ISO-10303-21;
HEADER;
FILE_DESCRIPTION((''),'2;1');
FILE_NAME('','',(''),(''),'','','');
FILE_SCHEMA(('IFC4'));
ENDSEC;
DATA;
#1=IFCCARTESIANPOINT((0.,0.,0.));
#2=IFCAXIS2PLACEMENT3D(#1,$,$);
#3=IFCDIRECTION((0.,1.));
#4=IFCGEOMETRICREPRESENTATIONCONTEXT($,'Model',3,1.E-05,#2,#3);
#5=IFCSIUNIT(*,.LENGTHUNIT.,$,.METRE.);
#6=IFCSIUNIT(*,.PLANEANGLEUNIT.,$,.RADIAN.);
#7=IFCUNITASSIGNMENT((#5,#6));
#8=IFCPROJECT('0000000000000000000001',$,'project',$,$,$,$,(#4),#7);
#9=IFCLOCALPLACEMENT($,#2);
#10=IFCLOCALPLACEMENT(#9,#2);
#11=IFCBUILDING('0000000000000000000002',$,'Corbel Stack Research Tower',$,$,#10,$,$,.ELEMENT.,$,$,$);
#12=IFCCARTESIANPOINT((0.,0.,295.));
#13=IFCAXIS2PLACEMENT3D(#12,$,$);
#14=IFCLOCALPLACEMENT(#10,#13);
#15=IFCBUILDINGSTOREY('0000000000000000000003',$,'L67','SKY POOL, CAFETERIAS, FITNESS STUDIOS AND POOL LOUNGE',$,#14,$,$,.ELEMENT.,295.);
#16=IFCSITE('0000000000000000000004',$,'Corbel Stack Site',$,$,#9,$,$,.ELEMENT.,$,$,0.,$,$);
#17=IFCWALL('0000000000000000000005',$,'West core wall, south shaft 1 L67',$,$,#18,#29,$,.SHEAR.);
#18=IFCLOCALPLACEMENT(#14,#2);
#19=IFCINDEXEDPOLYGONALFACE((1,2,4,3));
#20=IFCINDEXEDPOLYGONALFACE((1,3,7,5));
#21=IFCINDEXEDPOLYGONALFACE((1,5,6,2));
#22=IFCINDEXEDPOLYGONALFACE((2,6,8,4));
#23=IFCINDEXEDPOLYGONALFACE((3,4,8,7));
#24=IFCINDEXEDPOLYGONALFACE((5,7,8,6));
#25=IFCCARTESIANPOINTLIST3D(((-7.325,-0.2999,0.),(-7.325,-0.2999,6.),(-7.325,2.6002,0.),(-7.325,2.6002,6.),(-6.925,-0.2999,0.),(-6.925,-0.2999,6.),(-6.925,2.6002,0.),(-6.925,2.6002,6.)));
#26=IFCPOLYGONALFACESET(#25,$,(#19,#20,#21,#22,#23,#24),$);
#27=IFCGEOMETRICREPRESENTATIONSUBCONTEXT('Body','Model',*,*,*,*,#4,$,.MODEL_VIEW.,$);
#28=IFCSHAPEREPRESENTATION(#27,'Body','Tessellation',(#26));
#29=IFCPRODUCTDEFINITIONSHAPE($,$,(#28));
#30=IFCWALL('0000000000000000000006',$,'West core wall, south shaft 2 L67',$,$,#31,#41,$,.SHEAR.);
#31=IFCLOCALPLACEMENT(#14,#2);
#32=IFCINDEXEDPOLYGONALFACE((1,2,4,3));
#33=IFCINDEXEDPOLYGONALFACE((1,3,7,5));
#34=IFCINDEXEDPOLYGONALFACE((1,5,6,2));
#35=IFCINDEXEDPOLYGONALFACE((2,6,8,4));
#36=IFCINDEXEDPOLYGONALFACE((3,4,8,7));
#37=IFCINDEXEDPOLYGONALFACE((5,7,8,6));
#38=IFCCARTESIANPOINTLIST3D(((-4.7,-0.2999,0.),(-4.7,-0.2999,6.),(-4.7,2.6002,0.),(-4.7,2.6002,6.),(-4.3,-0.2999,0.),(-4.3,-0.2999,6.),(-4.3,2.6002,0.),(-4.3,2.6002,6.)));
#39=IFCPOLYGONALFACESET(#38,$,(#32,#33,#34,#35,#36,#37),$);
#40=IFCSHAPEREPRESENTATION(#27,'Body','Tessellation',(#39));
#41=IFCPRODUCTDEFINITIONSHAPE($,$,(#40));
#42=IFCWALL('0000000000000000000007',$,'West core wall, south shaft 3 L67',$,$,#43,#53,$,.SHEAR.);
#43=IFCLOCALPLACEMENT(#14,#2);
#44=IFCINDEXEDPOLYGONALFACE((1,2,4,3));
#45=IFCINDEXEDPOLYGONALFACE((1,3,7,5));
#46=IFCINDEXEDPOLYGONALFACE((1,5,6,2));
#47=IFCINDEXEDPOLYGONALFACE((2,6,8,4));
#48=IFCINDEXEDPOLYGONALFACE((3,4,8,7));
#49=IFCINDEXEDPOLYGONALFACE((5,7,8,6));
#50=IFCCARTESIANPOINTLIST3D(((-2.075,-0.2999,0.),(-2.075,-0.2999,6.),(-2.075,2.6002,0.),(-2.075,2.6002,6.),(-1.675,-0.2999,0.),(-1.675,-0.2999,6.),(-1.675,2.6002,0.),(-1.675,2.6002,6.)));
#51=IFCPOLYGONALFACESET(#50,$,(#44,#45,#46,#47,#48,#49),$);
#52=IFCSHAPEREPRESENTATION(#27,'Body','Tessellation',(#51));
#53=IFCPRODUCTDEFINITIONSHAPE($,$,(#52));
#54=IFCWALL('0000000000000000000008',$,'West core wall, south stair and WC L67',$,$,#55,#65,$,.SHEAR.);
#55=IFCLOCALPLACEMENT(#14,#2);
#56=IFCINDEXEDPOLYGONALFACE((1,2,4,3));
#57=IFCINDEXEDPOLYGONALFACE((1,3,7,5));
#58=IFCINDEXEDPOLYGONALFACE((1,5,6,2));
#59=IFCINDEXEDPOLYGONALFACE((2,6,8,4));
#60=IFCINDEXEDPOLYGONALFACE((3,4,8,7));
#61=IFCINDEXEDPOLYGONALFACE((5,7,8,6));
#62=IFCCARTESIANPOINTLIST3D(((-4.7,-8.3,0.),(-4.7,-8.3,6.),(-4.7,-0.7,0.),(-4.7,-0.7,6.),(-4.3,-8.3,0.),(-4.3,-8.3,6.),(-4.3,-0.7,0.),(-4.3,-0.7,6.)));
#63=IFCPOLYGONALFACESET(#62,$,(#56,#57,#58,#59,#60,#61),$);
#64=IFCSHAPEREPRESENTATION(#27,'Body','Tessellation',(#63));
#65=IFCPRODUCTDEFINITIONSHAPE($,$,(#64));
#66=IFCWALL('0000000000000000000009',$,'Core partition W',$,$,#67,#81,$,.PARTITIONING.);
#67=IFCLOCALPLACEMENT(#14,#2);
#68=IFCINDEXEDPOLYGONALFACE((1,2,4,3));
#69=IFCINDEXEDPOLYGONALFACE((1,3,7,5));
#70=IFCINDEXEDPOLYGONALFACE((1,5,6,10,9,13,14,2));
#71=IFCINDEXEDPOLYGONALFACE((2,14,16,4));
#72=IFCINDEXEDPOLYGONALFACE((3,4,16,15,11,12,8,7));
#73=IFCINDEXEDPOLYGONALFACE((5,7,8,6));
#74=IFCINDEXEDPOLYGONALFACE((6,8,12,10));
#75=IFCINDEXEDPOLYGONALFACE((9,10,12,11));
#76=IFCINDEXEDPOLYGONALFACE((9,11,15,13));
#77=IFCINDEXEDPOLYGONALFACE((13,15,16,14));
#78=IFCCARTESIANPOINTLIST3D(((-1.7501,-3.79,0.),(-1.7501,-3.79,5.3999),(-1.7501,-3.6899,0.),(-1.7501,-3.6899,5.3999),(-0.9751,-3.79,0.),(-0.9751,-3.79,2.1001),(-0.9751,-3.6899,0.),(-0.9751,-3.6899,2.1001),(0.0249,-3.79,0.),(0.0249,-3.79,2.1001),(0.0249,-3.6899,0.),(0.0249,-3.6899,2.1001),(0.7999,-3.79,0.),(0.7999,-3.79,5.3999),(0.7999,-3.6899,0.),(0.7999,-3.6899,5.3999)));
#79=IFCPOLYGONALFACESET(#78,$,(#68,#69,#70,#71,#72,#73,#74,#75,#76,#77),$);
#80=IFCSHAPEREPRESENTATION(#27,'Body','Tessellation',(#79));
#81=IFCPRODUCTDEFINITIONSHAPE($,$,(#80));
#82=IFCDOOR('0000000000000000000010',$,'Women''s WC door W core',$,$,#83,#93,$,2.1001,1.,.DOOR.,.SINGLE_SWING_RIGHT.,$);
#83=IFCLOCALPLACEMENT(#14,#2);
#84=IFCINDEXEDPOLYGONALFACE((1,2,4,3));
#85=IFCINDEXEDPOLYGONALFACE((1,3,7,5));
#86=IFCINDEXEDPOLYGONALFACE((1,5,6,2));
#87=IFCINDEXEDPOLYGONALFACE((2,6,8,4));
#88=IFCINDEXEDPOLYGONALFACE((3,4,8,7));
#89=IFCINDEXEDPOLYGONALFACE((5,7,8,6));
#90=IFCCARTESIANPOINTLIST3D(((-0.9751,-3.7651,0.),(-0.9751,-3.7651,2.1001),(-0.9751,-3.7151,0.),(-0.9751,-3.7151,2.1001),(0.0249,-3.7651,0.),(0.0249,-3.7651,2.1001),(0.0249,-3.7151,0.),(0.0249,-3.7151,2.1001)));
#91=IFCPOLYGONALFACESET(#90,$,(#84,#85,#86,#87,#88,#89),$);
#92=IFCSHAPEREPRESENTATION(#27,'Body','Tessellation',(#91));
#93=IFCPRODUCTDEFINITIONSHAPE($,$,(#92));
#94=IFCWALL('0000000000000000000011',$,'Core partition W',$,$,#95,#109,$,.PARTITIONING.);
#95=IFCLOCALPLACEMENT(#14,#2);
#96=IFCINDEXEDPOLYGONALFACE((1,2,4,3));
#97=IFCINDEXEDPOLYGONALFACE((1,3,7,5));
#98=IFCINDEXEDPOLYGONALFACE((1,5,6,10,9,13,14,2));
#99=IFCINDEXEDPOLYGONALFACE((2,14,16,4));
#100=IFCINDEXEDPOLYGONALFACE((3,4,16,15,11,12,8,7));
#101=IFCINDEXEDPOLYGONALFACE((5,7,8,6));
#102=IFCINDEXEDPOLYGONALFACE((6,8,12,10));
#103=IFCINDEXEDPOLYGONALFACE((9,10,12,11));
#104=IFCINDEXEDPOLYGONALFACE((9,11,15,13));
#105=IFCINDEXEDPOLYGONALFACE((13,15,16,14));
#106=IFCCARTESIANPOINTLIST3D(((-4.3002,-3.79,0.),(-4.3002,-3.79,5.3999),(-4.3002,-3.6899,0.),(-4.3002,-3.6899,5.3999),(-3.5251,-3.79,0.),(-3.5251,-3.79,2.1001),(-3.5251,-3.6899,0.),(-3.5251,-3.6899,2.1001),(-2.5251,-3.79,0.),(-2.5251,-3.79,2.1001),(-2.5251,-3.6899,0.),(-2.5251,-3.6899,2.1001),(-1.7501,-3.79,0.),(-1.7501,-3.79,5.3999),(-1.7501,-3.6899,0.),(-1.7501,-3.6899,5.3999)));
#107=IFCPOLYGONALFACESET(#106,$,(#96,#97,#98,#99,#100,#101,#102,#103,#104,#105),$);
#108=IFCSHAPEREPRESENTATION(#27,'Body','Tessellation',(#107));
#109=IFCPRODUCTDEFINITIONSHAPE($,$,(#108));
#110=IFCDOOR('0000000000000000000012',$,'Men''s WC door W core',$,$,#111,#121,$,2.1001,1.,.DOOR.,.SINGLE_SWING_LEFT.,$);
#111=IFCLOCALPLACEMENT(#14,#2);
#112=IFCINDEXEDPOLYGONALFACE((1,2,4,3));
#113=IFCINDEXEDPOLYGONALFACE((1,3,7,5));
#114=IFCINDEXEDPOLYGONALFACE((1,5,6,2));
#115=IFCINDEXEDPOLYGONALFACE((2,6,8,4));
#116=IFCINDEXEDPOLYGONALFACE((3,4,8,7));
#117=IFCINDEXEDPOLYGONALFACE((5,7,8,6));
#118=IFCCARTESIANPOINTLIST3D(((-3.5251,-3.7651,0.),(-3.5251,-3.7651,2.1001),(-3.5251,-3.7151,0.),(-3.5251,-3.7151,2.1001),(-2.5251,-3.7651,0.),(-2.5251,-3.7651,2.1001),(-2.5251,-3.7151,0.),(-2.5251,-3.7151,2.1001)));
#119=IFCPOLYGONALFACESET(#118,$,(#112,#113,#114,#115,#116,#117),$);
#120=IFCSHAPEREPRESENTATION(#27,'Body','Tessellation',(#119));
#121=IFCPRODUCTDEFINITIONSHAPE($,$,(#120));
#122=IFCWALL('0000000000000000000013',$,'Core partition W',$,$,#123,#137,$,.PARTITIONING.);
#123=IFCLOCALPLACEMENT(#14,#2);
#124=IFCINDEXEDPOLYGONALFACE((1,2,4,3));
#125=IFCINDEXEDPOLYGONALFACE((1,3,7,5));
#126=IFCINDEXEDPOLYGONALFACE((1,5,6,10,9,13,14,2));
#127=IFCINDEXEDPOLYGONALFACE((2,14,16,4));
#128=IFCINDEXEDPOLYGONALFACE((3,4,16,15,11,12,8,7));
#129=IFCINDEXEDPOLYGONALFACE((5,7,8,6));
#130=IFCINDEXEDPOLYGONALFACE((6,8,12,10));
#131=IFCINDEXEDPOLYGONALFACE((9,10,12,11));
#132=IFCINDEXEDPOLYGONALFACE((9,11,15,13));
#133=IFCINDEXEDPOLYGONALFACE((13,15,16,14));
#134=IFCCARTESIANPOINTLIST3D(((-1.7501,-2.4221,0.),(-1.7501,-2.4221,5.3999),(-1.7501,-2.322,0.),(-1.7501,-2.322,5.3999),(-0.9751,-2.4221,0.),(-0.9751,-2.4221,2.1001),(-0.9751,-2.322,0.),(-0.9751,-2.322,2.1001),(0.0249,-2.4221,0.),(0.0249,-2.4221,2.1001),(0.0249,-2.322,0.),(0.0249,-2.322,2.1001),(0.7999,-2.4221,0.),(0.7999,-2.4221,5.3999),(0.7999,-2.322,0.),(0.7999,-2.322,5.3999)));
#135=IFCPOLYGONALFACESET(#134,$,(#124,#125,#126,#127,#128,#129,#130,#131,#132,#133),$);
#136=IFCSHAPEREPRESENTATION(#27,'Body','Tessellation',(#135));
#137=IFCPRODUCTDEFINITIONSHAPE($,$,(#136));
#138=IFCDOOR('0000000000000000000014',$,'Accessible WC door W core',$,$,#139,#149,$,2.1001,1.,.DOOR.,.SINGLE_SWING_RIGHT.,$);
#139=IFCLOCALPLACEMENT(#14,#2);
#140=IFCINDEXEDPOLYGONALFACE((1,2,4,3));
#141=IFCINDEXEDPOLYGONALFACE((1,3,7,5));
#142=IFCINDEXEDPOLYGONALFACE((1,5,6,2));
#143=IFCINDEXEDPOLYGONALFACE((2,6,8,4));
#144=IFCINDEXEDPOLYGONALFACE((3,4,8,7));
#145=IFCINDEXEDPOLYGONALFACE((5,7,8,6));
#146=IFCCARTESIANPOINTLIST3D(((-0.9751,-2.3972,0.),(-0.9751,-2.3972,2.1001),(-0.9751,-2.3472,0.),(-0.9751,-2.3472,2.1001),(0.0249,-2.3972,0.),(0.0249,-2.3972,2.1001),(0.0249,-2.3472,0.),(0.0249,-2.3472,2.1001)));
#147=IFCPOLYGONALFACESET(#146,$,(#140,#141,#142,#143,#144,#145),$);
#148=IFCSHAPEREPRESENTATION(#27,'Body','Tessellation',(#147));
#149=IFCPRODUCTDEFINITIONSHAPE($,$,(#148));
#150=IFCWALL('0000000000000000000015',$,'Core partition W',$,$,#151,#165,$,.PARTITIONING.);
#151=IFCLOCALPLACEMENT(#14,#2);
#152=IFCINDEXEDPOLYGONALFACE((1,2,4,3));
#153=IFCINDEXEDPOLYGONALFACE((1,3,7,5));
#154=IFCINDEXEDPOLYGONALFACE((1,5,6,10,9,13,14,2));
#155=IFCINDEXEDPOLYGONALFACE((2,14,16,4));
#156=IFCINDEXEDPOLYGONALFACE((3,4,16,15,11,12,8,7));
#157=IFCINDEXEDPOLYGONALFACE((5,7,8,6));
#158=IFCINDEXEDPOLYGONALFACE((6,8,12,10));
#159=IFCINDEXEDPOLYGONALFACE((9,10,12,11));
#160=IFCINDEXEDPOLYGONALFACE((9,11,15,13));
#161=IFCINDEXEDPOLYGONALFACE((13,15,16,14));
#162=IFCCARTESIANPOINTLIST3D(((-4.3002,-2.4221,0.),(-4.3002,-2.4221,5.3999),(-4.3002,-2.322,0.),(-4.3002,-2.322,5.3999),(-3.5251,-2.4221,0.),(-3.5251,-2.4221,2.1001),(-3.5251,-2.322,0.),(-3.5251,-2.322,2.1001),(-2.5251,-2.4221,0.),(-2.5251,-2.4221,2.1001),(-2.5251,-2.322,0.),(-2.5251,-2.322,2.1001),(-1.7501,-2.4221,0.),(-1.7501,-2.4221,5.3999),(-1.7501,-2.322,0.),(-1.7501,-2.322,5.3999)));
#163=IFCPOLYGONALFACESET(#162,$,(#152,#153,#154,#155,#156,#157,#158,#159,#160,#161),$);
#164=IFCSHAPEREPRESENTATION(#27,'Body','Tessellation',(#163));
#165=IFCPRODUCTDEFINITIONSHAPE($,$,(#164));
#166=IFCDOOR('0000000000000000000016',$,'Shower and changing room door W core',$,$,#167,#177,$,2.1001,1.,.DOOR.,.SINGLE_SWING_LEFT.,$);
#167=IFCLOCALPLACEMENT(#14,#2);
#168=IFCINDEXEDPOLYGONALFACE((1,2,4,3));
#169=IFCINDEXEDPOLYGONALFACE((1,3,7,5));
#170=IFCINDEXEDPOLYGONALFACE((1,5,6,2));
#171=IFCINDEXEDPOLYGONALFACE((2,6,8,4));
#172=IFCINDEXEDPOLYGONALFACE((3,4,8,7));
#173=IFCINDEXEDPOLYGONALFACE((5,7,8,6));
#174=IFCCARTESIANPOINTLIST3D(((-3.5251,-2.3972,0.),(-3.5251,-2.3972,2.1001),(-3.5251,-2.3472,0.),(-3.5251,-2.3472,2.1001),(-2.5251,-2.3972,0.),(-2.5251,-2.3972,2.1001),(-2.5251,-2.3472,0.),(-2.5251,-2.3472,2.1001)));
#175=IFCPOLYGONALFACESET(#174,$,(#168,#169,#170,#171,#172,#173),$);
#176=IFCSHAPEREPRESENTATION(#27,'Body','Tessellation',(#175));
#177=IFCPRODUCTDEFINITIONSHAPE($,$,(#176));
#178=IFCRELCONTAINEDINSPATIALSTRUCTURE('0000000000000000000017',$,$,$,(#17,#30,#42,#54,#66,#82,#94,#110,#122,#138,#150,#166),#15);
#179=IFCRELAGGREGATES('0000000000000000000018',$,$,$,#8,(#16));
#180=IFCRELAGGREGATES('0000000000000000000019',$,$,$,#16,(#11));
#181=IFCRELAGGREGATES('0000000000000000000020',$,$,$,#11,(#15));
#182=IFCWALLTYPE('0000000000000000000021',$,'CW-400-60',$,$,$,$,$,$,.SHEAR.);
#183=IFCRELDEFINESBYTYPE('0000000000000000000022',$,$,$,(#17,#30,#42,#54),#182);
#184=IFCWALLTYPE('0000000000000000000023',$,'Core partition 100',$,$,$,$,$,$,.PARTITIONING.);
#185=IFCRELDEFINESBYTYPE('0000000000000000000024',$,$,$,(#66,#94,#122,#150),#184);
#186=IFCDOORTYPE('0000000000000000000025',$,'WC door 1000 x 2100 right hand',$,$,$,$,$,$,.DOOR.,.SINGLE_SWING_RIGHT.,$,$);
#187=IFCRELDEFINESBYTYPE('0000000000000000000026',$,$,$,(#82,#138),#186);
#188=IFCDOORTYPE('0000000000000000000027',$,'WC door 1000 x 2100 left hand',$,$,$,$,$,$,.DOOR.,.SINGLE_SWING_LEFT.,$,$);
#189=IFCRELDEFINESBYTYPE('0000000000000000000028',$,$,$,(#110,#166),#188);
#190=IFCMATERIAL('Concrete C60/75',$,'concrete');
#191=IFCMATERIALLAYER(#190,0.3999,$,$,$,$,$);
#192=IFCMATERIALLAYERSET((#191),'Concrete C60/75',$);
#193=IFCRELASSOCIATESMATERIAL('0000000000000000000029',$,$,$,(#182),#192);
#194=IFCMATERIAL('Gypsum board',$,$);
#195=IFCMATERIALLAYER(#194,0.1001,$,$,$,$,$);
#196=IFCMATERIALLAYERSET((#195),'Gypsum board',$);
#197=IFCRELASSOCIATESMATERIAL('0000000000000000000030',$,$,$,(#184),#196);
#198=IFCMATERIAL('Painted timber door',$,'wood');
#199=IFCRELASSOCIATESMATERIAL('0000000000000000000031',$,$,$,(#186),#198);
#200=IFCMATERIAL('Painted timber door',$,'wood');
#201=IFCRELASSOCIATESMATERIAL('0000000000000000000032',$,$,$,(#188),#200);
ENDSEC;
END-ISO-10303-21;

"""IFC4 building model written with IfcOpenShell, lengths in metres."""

from ifc_helpers import new_model, si_unit, direction, frame, frame_2d, origin, place, context, subcontext, project, spatial, rectangle, extrude, material, layer, layer_set, type_object, element, fill, save


model = new_model("IFC4")

# Units and contexts
model_context = context("Model", 3, precision=1e-05, world=origin(), true_north=direction((0.0, 1.0)))
body_context = subcontext(model_context, "Body", "Model", "MODEL_VIEW")
ifc_project = project(units=[si_unit("LENGTHUNIT", "METRE"), si_unit("PLANEANGLEUNIT", "RADIAN")], contexts=[model_context])

# Site, building, storey
site_placement = place(None, origin())
site = spatial("IfcSite", under=ifc_project, at=site_placement, Name="Corbel Stack Site", CompositionType="ELEMENT", RefElevation=0.0)
building_placement = place(site_placement, origin())
building = spatial("IfcBuilding", under=site, at=building_placement, Name="Corbel Stack Research Tower", CompositionType="ELEMENT")
storey_placement = place(building_placement, frame((0.0, 0.0, 295.0)))
storey = spatial("IfcBuildingStorey", under=building, at=storey_placement, Name="L67", Description="SKY POOL, CAFETERIAS, FITNESS STUDIOS AND POOL LOUNGE", CompositionType="ELEMENT", Elevation=295.0)

# Walls
ifc_material_1 = material(Name="Concrete C60/75", Category="concrete")
ifc_layer_1 = layer(ifc_material_1, 0.3999)
ifc_layer_set_1 = layer_set([ifc_layer_1], Name="Concrete C60/75")
wall_type_1 = type_object("IfcWallType", Name="CW-400-60", PredefinedType="SHEAR", material=ifc_layer_set_1)
for number, where, z_axis, x_axis, name in (
    (1, (-7.125, -0.3, 0.0), (0.0, 0.0, 1.0), (0.0, 1.0, 0.0), "West core wall, south shaft 1 L67"),
    (2, (-4.5, -0.3, 0.0), (0.0, 0.0, 1.0), (0.0, 1.0, 0.0), "West core wall, south shaft 2 L67"),
    (3, (-1.875, -0.3, 0.0), (0.0, 0.0, 1.0), (0.0, 1.0, 0.0), "West core wall, south shaft 3 L67"),
):
    element("IfcWall", number, at=place(storey_placement, frame(where, z_axis=z_axis, x_axis=x_axis)), inside=storey, type_object=wall_type_1, Name=name, PredefinedType="SHEAR", context=body_context, shape_type="SweptSolid", body=[
        extrude(rectangle(XDim=2.9001, YDim=0.3999, at=frame_2d((1.4502, 0.0))), origin(), (0.0, 0.0, 1.0), 6.0),
    ])
wall_1_placement = place(storey_placement, frame((-4.5, -8.3, 0.0), z_axis=(0.0, 0.0, 1.0), x_axis=(0.0, 1.0, 0.0)))
element("IfcWall", 4, at=wall_1_placement, inside=storey, type_object=wall_type_1, Name="West core wall, south stair and WC L67", PredefinedType="SHEAR", context=body_context, shape_type="SweptSolid", body=[
    extrude(rectangle(XDim=7.6001, YDim=0.3999, at=frame_2d((3.8, 0.0))), origin(), (0.0, 0.0, 1.0), 6.0),
])

# Walls, openings, doors
ifc_material_2 = material(Name="Gypsum board")
ifc_layer_2 = layer(ifc_material_2, 0.1001)
ifc_layer_set_2 = layer_set([ifc_layer_2], Name="Gypsum board")
wall_type_2 = type_object("IfcWallType", Name="Core partition 100", PredefinedType="PARTITIONING", material=ifc_layer_set_2)
wall_2_placement = place(storey_placement, frame((-1.75, -3.74, 0.0), z_axis=(0.0, 0.0, 1.0), x_axis=(1.0, 0.0, 0.0)))
wall_2 = element("IfcWall", 5, at=wall_2_placement, inside=storey, type_object=wall_type_2, Name="Core partition W", PredefinedType="PARTITIONING", context=body_context, shape_type="SweptSolid", body=[
    extrude(rectangle(XDim=2.55, YDim=0.1001, at=frame_2d((1.2749, 0.0))), origin(), (0.0, 0.0, 1.0), 5.3999),
])
opening_1_placement = place(wall_2_placement, frame((0.7749, 0.0, 0.0)))
opening_1 = element("IfcOpeningElement", 6, at=opening_1_placement, cuts=wall_2, PredefinedType="OPENING", context=body_context, shape_type="SweptSolid", body=[
    extrude(rectangle(XDim=1.0, YDim=2.1001, at=frame_2d((0.5, 1.05))), frame((0.0, 0.0601, 0.0), z_axis=(0.0, -1.0, 0.0), x_axis=(1.0, 0.0, 0.0)), (0.0, 0.0, 1.0), 0.1201),
])
ifc_material_3 = material(Name="Painted timber door", Category="wood")
door_type_1 = type_object("IfcDoorType", Name="WC door 1000 x 2100 right hand", OperationType="SINGLE_SWING_RIGHT", PredefinedType="DOOR", material=ifc_material_3)
door_1_placement = place(opening_1_placement, origin())
door_1 = element("IfcDoor", 7, at=door_1_placement, inside=storey, type_object=door_type_1, Name="Women's WC door W core", OperationType="SINGLE_SWING_RIGHT", OverallHeight=2.1001, OverallWidth=1.0, PredefinedType="DOOR", context=body_context, shape_type="SweptSolid", body=[
    extrude(rectangle(XDim=1.0, YDim=2.1001, at=frame_2d((0.5, 1.05))), frame((0.0, 0.0249, 0.0), z_axis=(0.0, -1.0, 0.0), x_axis=(1.0, 0.0, 0.0)), (0.0, 0.0, 1.0), 0.05),
])
fill(opening_1, door_1)
wall_3_placement = place(storey_placement, frame((-4.3, -3.74, 0.0), z_axis=(0.0, 0.0, 1.0), x_axis=(1.0, 0.0, 0.0)))
wall_3 = element("IfcWall", 8, at=wall_3_placement, inside=storey, type_object=wall_type_2, Name="Core partition W", PredefinedType="PARTITIONING", context=body_context, shape_type="SweptSolid", body=[
    extrude(rectangle(XDim=2.55, YDim=0.1001, at=frame_2d((1.2749, 0.0))), origin(), (0.0, 0.0, 1.0), 5.3999),
])
opening_2_placement = place(wall_3_placement, frame((0.7749, 0.0, 0.0)))
opening_2 = element("IfcOpeningElement", 9, at=opening_2_placement, cuts=wall_3, PredefinedType="OPENING", context=body_context, shape_type="SweptSolid", body=[
    extrude(rectangle(XDim=1.0, YDim=2.1001, at=frame_2d((0.5, 1.05))), frame((0.0, 0.0601, 0.0), z_axis=(0.0, -1.0, 0.0), x_axis=(1.0, 0.0, 0.0)), (0.0, 0.0, 1.0), 0.1201),
])
ifc_material_4 = material(Name="Painted timber door", Category="wood")
door_type_2 = type_object("IfcDoorType", Name="WC door 1000 x 2100 left hand", OperationType="SINGLE_SWING_LEFT", PredefinedType="DOOR", material=ifc_material_4)
door_2_placement = place(opening_2_placement, origin())
door_2 = element("IfcDoor", 10, at=door_2_placement, inside=storey, type_object=door_type_2, Name="Men's WC door W core", OperationType="SINGLE_SWING_LEFT", OverallHeight=2.1001, OverallWidth=1.0, PredefinedType="DOOR", context=body_context, shape_type="SweptSolid", body=[
    extrude(rectangle(XDim=1.0, YDim=2.1001, at=frame_2d((0.5, 1.05))), frame((0.0, 0.0249, 0.0), z_axis=(0.0, -1.0, 0.0), x_axis=(1.0, 0.0, 0.0)), (0.0, 0.0, 1.0), 0.05),
])
fill(opening_2, door_2)
wall_4_placement = place(storey_placement, frame((-1.75, -2.3721, 0.0), z_axis=(0.0, 0.0, 1.0), x_axis=(1.0, 0.0, 0.0)))
wall_4 = element("IfcWall", 11, at=wall_4_placement, inside=storey, type_object=wall_type_2, Name="Core partition W", PredefinedType="PARTITIONING", context=body_context, shape_type="SweptSolid", body=[
    extrude(rectangle(XDim=2.55, YDim=0.1001, at=frame_2d((1.2749, 0.0))), origin(), (0.0, 0.0, 1.0), 5.3999),
])
opening_3_placement = place(wall_4_placement, frame((0.7749, 0.0, 0.0)))
opening_3 = element("IfcOpeningElement", 12, at=opening_3_placement, cuts=wall_4, PredefinedType="OPENING", context=body_context, shape_type="SweptSolid", body=[
    extrude(rectangle(XDim=1.0, YDim=2.1001, at=frame_2d((0.5, 1.05))), frame((0.0, 0.0601, 0.0), z_axis=(0.0, -1.0, 0.0), x_axis=(1.0, 0.0, 0.0)), (0.0, 0.0, 1.0), 0.1201),
])
door_3_placement = place(opening_3_placement, origin())
door_3 = element("IfcDoor", 13, at=door_3_placement, inside=storey, type_object=door_type_1, Name="Accessible WC door W core", OperationType="SINGLE_SWING_RIGHT", OverallHeight=2.1001, OverallWidth=1.0, PredefinedType="DOOR", context=body_context, shape_type="SweptSolid", body=[
    extrude(rectangle(XDim=1.0, YDim=2.1001, at=frame_2d((0.5, 1.05))), frame((0.0, 0.0249, 0.0), z_axis=(0.0, -1.0, 0.0), x_axis=(1.0, 0.0, 0.0)), (0.0, 0.0, 1.0), 0.05),
])
fill(opening_3, door_3)
wall_5_placement = place(storey_placement, frame((-4.3, -2.3721, 0.0), z_axis=(0.0, 0.0, 1.0), x_axis=(1.0, 0.0, 0.0)))
wall_5 = element("IfcWall", 14, at=wall_5_placement, inside=storey, type_object=wall_type_2, Name="Core partition W", PredefinedType="PARTITIONING", context=body_context, shape_type="SweptSolid", body=[
    extrude(rectangle(XDim=2.55, YDim=0.1001, at=frame_2d((1.2749, 0.0))), origin(), (0.0, 0.0, 1.0), 5.3999),
])
opening_4_placement = place(wall_5_placement, frame((0.7749, 0.0, 0.0)))
opening_4 = element("IfcOpeningElement", 15, at=opening_4_placement, cuts=wall_5, PredefinedType="OPENING", context=body_context, shape_type="SweptSolid", body=[
    extrude(rectangle(XDim=1.0, YDim=2.1001, at=frame_2d((0.5, 1.05))), frame((0.0, 0.0601, 0.0), z_axis=(0.0, -1.0, 0.0), x_axis=(1.0, 0.0, 0.0)), (0.0, 0.0, 1.0), 0.1201),
])
door_4_placement = place(opening_4_placement, origin())
door_4 = element("IfcDoor", 16, at=door_4_placement, inside=storey, type_object=door_type_2, Name="Shower and changing room door W core", OperationType="SINGLE_SWING_LEFT", OverallHeight=2.1001, OverallWidth=1.0, PredefinedType="DOOR", context=body_context, shape_type="SweptSolid", body=[
    extrude(rectangle(XDim=1.0, YDim=2.1001, at=frame_2d((0.5, 1.05))), frame((0.0, 0.0249, 0.0), z_axis=(0.0, -1.0, 0.0), x_axis=(1.0, 0.0, 0.0)), (0.0, 0.0, 1.0), 0.05),
])
fill(opening_4, door_4)

save(model, "model.ifc")
